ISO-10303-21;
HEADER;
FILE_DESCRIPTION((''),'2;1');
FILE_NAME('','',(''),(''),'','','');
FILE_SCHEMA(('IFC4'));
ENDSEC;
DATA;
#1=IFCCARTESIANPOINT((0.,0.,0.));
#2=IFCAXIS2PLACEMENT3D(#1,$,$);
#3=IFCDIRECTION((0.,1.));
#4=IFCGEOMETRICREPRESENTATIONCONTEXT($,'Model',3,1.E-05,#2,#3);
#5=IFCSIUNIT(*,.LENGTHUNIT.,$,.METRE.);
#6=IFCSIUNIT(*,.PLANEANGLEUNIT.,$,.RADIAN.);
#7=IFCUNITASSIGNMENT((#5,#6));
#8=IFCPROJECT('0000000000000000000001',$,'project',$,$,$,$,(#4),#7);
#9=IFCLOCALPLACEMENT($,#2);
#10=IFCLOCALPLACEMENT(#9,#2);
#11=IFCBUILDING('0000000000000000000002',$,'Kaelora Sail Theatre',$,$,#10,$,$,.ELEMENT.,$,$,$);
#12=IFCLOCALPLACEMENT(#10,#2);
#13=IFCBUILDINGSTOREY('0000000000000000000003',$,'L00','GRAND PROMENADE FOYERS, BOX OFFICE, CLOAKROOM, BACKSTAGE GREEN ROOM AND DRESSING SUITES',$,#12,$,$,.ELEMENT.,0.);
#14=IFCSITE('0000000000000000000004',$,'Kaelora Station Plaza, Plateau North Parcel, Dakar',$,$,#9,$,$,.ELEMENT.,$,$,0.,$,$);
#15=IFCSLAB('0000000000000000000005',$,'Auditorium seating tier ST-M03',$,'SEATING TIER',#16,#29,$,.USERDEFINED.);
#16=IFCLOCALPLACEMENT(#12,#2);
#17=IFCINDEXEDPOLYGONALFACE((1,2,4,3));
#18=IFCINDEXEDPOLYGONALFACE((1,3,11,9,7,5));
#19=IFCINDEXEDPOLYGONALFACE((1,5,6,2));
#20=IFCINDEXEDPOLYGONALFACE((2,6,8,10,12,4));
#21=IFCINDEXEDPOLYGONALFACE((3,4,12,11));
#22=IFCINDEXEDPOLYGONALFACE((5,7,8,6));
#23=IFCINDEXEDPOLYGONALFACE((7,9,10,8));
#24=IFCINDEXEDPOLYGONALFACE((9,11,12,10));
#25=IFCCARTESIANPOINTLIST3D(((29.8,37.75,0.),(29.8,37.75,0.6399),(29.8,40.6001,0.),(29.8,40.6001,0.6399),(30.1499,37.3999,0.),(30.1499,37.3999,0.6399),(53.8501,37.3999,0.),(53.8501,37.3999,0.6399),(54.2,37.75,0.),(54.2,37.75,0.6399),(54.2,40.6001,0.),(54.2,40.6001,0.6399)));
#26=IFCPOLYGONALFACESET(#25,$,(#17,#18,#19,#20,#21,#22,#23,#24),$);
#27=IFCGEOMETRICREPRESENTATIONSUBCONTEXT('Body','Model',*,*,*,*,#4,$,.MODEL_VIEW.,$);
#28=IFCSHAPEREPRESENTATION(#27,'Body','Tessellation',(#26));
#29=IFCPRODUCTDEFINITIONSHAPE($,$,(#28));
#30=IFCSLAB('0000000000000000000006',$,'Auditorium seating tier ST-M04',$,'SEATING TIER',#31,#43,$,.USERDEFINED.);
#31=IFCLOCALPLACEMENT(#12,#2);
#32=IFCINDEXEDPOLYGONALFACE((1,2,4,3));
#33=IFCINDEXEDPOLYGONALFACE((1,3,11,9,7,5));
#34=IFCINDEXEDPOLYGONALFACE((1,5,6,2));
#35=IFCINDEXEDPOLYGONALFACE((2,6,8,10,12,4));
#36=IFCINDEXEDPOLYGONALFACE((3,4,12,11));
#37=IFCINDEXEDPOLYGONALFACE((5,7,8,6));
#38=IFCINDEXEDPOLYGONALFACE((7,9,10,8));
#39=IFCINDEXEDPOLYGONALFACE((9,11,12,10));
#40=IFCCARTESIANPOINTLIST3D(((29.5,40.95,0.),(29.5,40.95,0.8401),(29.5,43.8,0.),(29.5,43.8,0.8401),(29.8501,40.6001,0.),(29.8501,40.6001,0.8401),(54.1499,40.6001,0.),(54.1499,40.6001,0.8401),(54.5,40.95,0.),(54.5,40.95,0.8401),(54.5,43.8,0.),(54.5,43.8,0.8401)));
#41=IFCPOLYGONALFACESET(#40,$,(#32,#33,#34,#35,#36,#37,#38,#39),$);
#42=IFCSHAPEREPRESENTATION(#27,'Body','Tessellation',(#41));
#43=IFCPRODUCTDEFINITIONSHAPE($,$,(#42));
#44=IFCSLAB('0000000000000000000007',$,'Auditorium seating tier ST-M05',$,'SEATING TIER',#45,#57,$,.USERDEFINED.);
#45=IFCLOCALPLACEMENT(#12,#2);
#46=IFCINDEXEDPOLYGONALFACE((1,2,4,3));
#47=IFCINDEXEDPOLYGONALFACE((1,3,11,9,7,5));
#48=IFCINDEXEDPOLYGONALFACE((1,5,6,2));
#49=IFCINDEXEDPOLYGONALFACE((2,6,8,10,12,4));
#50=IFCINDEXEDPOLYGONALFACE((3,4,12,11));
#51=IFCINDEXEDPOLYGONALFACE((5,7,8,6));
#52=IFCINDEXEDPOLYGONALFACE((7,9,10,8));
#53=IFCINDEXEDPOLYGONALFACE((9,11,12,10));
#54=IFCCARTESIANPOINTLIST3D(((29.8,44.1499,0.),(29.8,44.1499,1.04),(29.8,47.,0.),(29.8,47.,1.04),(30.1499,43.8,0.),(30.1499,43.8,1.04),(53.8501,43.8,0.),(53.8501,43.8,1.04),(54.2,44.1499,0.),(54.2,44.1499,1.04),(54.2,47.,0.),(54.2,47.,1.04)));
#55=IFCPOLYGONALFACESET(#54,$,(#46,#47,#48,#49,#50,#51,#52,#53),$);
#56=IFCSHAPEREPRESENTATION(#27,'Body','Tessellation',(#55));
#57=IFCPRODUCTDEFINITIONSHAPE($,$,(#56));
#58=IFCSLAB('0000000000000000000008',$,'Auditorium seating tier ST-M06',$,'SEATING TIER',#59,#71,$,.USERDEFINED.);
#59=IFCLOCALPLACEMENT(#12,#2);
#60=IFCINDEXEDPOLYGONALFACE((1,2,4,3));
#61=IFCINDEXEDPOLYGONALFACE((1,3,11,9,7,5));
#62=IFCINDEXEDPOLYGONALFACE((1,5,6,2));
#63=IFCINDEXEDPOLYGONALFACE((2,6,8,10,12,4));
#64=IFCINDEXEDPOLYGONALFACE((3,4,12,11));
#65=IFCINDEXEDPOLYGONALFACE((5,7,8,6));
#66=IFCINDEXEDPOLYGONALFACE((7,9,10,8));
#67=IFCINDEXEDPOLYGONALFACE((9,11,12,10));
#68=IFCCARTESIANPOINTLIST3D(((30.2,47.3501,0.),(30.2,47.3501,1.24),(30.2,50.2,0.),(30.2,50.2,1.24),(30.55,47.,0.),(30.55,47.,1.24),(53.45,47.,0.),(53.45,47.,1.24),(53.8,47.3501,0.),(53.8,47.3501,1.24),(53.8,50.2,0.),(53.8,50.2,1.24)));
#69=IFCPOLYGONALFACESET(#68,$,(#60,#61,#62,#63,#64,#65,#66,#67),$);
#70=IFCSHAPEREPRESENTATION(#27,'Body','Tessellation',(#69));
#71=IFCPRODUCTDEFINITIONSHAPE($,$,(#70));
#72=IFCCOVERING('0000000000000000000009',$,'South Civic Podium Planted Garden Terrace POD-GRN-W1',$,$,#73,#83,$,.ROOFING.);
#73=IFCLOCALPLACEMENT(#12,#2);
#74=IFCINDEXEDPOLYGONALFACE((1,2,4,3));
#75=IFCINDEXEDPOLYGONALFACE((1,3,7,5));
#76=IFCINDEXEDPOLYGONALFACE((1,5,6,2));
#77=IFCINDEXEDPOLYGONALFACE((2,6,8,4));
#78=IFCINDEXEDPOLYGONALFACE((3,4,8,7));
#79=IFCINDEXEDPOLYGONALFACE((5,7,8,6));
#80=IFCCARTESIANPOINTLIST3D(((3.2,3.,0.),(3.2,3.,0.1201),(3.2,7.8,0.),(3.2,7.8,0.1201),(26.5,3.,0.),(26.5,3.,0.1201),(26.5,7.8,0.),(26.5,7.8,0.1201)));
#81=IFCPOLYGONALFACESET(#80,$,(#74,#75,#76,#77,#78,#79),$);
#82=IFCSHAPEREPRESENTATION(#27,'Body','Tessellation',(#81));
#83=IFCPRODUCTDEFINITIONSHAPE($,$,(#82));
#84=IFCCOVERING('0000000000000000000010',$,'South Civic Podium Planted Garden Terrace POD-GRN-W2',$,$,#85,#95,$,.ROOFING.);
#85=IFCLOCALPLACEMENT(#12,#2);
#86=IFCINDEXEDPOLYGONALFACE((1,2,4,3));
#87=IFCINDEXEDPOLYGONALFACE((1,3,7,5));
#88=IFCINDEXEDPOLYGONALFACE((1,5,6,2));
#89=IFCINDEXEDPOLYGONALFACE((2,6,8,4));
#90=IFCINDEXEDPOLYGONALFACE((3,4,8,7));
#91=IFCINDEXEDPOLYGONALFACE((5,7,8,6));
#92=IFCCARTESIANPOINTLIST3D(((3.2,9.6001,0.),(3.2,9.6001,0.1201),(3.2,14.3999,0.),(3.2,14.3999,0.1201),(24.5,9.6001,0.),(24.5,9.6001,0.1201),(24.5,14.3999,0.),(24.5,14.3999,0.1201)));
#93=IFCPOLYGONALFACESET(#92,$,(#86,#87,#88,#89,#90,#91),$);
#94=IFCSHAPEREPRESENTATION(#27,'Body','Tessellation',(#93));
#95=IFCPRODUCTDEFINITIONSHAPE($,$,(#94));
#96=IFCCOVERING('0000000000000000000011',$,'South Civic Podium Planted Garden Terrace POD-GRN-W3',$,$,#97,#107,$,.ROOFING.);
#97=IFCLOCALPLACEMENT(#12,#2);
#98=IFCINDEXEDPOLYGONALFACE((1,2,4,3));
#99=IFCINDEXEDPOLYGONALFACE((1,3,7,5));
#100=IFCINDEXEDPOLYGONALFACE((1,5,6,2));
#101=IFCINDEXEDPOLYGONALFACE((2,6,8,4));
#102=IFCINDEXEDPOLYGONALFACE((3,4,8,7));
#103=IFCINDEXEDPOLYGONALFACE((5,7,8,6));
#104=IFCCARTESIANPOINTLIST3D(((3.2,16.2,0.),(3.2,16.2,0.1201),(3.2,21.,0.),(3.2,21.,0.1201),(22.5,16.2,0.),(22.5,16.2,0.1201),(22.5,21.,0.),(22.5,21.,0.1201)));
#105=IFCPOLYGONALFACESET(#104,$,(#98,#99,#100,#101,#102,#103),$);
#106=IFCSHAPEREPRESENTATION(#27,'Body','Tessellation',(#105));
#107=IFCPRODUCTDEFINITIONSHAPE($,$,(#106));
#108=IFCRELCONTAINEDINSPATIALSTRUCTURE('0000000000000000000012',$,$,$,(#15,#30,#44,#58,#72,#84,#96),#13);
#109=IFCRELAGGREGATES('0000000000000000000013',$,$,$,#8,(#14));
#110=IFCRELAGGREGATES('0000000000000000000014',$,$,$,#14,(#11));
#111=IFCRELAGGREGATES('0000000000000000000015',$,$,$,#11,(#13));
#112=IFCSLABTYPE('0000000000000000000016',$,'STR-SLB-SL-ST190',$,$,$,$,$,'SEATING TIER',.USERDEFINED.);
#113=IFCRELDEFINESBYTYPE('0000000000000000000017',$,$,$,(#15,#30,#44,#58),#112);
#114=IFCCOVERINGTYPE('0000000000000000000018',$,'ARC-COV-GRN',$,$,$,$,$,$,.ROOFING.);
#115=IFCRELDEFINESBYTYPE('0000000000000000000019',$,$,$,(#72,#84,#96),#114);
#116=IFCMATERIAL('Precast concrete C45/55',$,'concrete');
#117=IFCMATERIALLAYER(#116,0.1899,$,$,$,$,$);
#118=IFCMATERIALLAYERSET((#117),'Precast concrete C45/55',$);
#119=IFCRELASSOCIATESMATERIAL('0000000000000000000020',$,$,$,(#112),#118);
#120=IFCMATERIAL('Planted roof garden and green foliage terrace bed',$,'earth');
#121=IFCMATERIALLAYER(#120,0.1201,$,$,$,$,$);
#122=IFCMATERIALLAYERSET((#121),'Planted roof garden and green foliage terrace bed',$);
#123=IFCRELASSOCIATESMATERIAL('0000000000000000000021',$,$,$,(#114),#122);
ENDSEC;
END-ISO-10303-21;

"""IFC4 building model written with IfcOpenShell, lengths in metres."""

from ifc_helpers import new_model, si_unit, direction, origin, place, context, subcontext, project, spatial, polyline, outline, extrude, material, layer, layer_set, type_object, element, save


model = new_model("IFC4")

# Units and contexts
model_context = context("Model", 3, precision=1e-05, world=origin(), true_north=direction((0.0, 1.0)))
body_context = subcontext(model_context, "Body", "Model", "MODEL_VIEW")
ifc_project = project(units=[si_unit("LENGTHUNIT", "METRE"), si_unit("PLANEANGLEUNIT", "RADIAN")], contexts=[model_context])

# Site, building, storey
site_placement = place(None, origin())
site = spatial("IfcSite", under=ifc_project, at=site_placement, Name="Kaelora Station Plaza, Plateau North Parcel, Dakar", CompositionType="ELEMENT", RefElevation=0.0)
building_placement = place(site_placement, origin())
building = spatial("IfcBuilding", under=site, at=building_placement, Name="Kaelora Sail Theatre", CompositionType="ELEMENT")
storey_placement = place(building_placement, origin())
storey = spatial("IfcBuildingStorey", under=building, at=storey_placement, Name="L00", Description="GRAND PROMENADE FOYERS, BOX OFFICE, CLOAKROOM, BACKSTAGE GREEN ROOM AND DRESSING SUITES", CompositionType="ELEMENT", Elevation=0.0)

# Slabs
ifc_material_1 = material(Name="Precast concrete C45/55", Category="concrete")
ifc_layer_1 = layer(ifc_material_1, 0.1899)
ifc_layer_set_1 = layer_set([ifc_layer_1], Name="Precast concrete C45/55")
slab_type_1 = type_object("IfcSlabType", Name="STR-SLB-SL-ST190", ElementType="SEATING TIER", PredefinedType="USERDEFINED", material=ifc_layer_set_1)
slab_1_placement = place(storey_placement, origin())
element("IfcSlab", 1, at=slab_1_placement, inside=storey, type_object=slab_type_1, Name="Auditorium seating tier ST-M03", ObjectType="SEATING TIER", PredefinedType="USERDEFINED", context=body_context, shape_type="SweptSolid", body=[
    extrude(outline(polyline([(30.1499, 37.3999), (53.8501, 37.3999), (54.2, 37.75), (54.2, 40.6001), (29.8, 40.6001), (29.8, 37.75), (30.1499, 37.3999)])), origin(), (0.0, 0.0, 1.0), 0.6399),
])
slab_2_placement = place(storey_placement, origin())
element("IfcSlab", 2, at=slab_2_placement, inside=storey, type_object=slab_type_1, Name="Auditorium seating tier ST-M04", ObjectType="SEATING TIER", PredefinedType="USERDEFINED", context=body_context, shape_type="SweptSolid", body=[
    extrude(outline(polyline([(29.8501, 40.6001), (54.1499, 40.6001), (54.5, 40.95), (54.5, 43.8), (29.5, 43.8), (29.5, 40.95), (29.8501, 40.6001)])), origin(), (0.0, 0.0, 1.0), 0.8401),
])
slab_3_placement = place(storey_placement, origin())
element("IfcSlab", 3, at=slab_3_placement, inside=storey, type_object=slab_type_1, Name="Auditorium seating tier ST-M05", ObjectType="SEATING TIER", PredefinedType="USERDEFINED", context=body_context, shape_type="SweptSolid", body=[
    extrude(outline(polyline([(30.1499, 43.8), (53.8501, 43.8), (54.2, 44.1499), (54.2, 47.0), (29.8, 47.0), (29.8, 44.1499), (30.1499, 43.8)])), origin(), (0.0, 0.0, 1.0), 1.04),
])
slab_4_placement = place(storey_placement, origin())
element("IfcSlab", 4, at=slab_4_placement, inside=storey, type_object=slab_type_1, Name="Auditorium seating tier ST-M06", ObjectType="SEATING TIER", PredefinedType="USERDEFINED", context=body_context, shape_type="SweptSolid", body=[
    extrude(outline(polyline([(30.55, 47.0), (53.45, 47.0), (53.8, 47.3501), (53.8, 50.2), (30.2, 50.2), (30.2, 47.3501), (30.55, 47.0)])), origin(), (0.0, 0.0, 1.0), 1.24),
])

# Coverings
ifc_material_2 = material(Name="Planted roof garden and green foliage terrace bed", Category="earth")
ifc_layer_2 = layer(ifc_material_2, 0.1201)
ifc_layer_set_2 = layer_set([ifc_layer_2], Name="Planted roof garden and green foliage terrace bed")
covering_type = type_object("IfcCoveringType", Name="ARC-COV-GRN", PredefinedType="ROOFING", material=ifc_layer_set_2)
covering_1_placement = place(storey_placement, origin())
element("IfcCovering", 5, at=covering_1_placement, inside=storey, type_object=covering_type, Name="South Civic Podium Planted Garden Terrace POD-GRN-W1", PredefinedType="ROOFING", context=body_context, shape_type="SweptSolid", body=[
    extrude(outline(polyline([(3.2, 3.0), (26.5, 3.0), (26.5, 7.8), (3.2, 7.8), (3.2, 3.0)])), origin(), (0.0, 0.0, 1.0), 0.1201),
])
covering_2_placement = place(storey_placement, origin())
element("IfcCovering", 6, at=covering_2_placement, inside=storey, type_object=covering_type, Name="South Civic Podium Planted Garden Terrace POD-GRN-W2", PredefinedType="ROOFING", context=body_context, shape_type="SweptSolid", body=[
    extrude(outline(polyline([(3.2, 9.6001), (24.5, 9.6001), (24.5, 14.3999), (3.2, 14.3999), (3.2, 9.6001)])), origin(), (0.0, 0.0, 1.0), 0.1201),
])
covering_3_placement = place(storey_placement, origin())
element("IfcCovering", 7, at=covering_3_placement, inside=storey, type_object=covering_type, Name="South Civic Podium Planted Garden Terrace POD-GRN-W3", PredefinedType="ROOFING", context=body_context, shape_type="SweptSolid", body=[
    extrude(outline(polyline([(3.2, 16.2), (22.5, 16.2), (22.5, 21.0), (3.2, 21.0), (3.2, 16.2)])), origin(), (0.0, 0.0, 1.0), 0.1201),
])

save(model, "model.ifc")
